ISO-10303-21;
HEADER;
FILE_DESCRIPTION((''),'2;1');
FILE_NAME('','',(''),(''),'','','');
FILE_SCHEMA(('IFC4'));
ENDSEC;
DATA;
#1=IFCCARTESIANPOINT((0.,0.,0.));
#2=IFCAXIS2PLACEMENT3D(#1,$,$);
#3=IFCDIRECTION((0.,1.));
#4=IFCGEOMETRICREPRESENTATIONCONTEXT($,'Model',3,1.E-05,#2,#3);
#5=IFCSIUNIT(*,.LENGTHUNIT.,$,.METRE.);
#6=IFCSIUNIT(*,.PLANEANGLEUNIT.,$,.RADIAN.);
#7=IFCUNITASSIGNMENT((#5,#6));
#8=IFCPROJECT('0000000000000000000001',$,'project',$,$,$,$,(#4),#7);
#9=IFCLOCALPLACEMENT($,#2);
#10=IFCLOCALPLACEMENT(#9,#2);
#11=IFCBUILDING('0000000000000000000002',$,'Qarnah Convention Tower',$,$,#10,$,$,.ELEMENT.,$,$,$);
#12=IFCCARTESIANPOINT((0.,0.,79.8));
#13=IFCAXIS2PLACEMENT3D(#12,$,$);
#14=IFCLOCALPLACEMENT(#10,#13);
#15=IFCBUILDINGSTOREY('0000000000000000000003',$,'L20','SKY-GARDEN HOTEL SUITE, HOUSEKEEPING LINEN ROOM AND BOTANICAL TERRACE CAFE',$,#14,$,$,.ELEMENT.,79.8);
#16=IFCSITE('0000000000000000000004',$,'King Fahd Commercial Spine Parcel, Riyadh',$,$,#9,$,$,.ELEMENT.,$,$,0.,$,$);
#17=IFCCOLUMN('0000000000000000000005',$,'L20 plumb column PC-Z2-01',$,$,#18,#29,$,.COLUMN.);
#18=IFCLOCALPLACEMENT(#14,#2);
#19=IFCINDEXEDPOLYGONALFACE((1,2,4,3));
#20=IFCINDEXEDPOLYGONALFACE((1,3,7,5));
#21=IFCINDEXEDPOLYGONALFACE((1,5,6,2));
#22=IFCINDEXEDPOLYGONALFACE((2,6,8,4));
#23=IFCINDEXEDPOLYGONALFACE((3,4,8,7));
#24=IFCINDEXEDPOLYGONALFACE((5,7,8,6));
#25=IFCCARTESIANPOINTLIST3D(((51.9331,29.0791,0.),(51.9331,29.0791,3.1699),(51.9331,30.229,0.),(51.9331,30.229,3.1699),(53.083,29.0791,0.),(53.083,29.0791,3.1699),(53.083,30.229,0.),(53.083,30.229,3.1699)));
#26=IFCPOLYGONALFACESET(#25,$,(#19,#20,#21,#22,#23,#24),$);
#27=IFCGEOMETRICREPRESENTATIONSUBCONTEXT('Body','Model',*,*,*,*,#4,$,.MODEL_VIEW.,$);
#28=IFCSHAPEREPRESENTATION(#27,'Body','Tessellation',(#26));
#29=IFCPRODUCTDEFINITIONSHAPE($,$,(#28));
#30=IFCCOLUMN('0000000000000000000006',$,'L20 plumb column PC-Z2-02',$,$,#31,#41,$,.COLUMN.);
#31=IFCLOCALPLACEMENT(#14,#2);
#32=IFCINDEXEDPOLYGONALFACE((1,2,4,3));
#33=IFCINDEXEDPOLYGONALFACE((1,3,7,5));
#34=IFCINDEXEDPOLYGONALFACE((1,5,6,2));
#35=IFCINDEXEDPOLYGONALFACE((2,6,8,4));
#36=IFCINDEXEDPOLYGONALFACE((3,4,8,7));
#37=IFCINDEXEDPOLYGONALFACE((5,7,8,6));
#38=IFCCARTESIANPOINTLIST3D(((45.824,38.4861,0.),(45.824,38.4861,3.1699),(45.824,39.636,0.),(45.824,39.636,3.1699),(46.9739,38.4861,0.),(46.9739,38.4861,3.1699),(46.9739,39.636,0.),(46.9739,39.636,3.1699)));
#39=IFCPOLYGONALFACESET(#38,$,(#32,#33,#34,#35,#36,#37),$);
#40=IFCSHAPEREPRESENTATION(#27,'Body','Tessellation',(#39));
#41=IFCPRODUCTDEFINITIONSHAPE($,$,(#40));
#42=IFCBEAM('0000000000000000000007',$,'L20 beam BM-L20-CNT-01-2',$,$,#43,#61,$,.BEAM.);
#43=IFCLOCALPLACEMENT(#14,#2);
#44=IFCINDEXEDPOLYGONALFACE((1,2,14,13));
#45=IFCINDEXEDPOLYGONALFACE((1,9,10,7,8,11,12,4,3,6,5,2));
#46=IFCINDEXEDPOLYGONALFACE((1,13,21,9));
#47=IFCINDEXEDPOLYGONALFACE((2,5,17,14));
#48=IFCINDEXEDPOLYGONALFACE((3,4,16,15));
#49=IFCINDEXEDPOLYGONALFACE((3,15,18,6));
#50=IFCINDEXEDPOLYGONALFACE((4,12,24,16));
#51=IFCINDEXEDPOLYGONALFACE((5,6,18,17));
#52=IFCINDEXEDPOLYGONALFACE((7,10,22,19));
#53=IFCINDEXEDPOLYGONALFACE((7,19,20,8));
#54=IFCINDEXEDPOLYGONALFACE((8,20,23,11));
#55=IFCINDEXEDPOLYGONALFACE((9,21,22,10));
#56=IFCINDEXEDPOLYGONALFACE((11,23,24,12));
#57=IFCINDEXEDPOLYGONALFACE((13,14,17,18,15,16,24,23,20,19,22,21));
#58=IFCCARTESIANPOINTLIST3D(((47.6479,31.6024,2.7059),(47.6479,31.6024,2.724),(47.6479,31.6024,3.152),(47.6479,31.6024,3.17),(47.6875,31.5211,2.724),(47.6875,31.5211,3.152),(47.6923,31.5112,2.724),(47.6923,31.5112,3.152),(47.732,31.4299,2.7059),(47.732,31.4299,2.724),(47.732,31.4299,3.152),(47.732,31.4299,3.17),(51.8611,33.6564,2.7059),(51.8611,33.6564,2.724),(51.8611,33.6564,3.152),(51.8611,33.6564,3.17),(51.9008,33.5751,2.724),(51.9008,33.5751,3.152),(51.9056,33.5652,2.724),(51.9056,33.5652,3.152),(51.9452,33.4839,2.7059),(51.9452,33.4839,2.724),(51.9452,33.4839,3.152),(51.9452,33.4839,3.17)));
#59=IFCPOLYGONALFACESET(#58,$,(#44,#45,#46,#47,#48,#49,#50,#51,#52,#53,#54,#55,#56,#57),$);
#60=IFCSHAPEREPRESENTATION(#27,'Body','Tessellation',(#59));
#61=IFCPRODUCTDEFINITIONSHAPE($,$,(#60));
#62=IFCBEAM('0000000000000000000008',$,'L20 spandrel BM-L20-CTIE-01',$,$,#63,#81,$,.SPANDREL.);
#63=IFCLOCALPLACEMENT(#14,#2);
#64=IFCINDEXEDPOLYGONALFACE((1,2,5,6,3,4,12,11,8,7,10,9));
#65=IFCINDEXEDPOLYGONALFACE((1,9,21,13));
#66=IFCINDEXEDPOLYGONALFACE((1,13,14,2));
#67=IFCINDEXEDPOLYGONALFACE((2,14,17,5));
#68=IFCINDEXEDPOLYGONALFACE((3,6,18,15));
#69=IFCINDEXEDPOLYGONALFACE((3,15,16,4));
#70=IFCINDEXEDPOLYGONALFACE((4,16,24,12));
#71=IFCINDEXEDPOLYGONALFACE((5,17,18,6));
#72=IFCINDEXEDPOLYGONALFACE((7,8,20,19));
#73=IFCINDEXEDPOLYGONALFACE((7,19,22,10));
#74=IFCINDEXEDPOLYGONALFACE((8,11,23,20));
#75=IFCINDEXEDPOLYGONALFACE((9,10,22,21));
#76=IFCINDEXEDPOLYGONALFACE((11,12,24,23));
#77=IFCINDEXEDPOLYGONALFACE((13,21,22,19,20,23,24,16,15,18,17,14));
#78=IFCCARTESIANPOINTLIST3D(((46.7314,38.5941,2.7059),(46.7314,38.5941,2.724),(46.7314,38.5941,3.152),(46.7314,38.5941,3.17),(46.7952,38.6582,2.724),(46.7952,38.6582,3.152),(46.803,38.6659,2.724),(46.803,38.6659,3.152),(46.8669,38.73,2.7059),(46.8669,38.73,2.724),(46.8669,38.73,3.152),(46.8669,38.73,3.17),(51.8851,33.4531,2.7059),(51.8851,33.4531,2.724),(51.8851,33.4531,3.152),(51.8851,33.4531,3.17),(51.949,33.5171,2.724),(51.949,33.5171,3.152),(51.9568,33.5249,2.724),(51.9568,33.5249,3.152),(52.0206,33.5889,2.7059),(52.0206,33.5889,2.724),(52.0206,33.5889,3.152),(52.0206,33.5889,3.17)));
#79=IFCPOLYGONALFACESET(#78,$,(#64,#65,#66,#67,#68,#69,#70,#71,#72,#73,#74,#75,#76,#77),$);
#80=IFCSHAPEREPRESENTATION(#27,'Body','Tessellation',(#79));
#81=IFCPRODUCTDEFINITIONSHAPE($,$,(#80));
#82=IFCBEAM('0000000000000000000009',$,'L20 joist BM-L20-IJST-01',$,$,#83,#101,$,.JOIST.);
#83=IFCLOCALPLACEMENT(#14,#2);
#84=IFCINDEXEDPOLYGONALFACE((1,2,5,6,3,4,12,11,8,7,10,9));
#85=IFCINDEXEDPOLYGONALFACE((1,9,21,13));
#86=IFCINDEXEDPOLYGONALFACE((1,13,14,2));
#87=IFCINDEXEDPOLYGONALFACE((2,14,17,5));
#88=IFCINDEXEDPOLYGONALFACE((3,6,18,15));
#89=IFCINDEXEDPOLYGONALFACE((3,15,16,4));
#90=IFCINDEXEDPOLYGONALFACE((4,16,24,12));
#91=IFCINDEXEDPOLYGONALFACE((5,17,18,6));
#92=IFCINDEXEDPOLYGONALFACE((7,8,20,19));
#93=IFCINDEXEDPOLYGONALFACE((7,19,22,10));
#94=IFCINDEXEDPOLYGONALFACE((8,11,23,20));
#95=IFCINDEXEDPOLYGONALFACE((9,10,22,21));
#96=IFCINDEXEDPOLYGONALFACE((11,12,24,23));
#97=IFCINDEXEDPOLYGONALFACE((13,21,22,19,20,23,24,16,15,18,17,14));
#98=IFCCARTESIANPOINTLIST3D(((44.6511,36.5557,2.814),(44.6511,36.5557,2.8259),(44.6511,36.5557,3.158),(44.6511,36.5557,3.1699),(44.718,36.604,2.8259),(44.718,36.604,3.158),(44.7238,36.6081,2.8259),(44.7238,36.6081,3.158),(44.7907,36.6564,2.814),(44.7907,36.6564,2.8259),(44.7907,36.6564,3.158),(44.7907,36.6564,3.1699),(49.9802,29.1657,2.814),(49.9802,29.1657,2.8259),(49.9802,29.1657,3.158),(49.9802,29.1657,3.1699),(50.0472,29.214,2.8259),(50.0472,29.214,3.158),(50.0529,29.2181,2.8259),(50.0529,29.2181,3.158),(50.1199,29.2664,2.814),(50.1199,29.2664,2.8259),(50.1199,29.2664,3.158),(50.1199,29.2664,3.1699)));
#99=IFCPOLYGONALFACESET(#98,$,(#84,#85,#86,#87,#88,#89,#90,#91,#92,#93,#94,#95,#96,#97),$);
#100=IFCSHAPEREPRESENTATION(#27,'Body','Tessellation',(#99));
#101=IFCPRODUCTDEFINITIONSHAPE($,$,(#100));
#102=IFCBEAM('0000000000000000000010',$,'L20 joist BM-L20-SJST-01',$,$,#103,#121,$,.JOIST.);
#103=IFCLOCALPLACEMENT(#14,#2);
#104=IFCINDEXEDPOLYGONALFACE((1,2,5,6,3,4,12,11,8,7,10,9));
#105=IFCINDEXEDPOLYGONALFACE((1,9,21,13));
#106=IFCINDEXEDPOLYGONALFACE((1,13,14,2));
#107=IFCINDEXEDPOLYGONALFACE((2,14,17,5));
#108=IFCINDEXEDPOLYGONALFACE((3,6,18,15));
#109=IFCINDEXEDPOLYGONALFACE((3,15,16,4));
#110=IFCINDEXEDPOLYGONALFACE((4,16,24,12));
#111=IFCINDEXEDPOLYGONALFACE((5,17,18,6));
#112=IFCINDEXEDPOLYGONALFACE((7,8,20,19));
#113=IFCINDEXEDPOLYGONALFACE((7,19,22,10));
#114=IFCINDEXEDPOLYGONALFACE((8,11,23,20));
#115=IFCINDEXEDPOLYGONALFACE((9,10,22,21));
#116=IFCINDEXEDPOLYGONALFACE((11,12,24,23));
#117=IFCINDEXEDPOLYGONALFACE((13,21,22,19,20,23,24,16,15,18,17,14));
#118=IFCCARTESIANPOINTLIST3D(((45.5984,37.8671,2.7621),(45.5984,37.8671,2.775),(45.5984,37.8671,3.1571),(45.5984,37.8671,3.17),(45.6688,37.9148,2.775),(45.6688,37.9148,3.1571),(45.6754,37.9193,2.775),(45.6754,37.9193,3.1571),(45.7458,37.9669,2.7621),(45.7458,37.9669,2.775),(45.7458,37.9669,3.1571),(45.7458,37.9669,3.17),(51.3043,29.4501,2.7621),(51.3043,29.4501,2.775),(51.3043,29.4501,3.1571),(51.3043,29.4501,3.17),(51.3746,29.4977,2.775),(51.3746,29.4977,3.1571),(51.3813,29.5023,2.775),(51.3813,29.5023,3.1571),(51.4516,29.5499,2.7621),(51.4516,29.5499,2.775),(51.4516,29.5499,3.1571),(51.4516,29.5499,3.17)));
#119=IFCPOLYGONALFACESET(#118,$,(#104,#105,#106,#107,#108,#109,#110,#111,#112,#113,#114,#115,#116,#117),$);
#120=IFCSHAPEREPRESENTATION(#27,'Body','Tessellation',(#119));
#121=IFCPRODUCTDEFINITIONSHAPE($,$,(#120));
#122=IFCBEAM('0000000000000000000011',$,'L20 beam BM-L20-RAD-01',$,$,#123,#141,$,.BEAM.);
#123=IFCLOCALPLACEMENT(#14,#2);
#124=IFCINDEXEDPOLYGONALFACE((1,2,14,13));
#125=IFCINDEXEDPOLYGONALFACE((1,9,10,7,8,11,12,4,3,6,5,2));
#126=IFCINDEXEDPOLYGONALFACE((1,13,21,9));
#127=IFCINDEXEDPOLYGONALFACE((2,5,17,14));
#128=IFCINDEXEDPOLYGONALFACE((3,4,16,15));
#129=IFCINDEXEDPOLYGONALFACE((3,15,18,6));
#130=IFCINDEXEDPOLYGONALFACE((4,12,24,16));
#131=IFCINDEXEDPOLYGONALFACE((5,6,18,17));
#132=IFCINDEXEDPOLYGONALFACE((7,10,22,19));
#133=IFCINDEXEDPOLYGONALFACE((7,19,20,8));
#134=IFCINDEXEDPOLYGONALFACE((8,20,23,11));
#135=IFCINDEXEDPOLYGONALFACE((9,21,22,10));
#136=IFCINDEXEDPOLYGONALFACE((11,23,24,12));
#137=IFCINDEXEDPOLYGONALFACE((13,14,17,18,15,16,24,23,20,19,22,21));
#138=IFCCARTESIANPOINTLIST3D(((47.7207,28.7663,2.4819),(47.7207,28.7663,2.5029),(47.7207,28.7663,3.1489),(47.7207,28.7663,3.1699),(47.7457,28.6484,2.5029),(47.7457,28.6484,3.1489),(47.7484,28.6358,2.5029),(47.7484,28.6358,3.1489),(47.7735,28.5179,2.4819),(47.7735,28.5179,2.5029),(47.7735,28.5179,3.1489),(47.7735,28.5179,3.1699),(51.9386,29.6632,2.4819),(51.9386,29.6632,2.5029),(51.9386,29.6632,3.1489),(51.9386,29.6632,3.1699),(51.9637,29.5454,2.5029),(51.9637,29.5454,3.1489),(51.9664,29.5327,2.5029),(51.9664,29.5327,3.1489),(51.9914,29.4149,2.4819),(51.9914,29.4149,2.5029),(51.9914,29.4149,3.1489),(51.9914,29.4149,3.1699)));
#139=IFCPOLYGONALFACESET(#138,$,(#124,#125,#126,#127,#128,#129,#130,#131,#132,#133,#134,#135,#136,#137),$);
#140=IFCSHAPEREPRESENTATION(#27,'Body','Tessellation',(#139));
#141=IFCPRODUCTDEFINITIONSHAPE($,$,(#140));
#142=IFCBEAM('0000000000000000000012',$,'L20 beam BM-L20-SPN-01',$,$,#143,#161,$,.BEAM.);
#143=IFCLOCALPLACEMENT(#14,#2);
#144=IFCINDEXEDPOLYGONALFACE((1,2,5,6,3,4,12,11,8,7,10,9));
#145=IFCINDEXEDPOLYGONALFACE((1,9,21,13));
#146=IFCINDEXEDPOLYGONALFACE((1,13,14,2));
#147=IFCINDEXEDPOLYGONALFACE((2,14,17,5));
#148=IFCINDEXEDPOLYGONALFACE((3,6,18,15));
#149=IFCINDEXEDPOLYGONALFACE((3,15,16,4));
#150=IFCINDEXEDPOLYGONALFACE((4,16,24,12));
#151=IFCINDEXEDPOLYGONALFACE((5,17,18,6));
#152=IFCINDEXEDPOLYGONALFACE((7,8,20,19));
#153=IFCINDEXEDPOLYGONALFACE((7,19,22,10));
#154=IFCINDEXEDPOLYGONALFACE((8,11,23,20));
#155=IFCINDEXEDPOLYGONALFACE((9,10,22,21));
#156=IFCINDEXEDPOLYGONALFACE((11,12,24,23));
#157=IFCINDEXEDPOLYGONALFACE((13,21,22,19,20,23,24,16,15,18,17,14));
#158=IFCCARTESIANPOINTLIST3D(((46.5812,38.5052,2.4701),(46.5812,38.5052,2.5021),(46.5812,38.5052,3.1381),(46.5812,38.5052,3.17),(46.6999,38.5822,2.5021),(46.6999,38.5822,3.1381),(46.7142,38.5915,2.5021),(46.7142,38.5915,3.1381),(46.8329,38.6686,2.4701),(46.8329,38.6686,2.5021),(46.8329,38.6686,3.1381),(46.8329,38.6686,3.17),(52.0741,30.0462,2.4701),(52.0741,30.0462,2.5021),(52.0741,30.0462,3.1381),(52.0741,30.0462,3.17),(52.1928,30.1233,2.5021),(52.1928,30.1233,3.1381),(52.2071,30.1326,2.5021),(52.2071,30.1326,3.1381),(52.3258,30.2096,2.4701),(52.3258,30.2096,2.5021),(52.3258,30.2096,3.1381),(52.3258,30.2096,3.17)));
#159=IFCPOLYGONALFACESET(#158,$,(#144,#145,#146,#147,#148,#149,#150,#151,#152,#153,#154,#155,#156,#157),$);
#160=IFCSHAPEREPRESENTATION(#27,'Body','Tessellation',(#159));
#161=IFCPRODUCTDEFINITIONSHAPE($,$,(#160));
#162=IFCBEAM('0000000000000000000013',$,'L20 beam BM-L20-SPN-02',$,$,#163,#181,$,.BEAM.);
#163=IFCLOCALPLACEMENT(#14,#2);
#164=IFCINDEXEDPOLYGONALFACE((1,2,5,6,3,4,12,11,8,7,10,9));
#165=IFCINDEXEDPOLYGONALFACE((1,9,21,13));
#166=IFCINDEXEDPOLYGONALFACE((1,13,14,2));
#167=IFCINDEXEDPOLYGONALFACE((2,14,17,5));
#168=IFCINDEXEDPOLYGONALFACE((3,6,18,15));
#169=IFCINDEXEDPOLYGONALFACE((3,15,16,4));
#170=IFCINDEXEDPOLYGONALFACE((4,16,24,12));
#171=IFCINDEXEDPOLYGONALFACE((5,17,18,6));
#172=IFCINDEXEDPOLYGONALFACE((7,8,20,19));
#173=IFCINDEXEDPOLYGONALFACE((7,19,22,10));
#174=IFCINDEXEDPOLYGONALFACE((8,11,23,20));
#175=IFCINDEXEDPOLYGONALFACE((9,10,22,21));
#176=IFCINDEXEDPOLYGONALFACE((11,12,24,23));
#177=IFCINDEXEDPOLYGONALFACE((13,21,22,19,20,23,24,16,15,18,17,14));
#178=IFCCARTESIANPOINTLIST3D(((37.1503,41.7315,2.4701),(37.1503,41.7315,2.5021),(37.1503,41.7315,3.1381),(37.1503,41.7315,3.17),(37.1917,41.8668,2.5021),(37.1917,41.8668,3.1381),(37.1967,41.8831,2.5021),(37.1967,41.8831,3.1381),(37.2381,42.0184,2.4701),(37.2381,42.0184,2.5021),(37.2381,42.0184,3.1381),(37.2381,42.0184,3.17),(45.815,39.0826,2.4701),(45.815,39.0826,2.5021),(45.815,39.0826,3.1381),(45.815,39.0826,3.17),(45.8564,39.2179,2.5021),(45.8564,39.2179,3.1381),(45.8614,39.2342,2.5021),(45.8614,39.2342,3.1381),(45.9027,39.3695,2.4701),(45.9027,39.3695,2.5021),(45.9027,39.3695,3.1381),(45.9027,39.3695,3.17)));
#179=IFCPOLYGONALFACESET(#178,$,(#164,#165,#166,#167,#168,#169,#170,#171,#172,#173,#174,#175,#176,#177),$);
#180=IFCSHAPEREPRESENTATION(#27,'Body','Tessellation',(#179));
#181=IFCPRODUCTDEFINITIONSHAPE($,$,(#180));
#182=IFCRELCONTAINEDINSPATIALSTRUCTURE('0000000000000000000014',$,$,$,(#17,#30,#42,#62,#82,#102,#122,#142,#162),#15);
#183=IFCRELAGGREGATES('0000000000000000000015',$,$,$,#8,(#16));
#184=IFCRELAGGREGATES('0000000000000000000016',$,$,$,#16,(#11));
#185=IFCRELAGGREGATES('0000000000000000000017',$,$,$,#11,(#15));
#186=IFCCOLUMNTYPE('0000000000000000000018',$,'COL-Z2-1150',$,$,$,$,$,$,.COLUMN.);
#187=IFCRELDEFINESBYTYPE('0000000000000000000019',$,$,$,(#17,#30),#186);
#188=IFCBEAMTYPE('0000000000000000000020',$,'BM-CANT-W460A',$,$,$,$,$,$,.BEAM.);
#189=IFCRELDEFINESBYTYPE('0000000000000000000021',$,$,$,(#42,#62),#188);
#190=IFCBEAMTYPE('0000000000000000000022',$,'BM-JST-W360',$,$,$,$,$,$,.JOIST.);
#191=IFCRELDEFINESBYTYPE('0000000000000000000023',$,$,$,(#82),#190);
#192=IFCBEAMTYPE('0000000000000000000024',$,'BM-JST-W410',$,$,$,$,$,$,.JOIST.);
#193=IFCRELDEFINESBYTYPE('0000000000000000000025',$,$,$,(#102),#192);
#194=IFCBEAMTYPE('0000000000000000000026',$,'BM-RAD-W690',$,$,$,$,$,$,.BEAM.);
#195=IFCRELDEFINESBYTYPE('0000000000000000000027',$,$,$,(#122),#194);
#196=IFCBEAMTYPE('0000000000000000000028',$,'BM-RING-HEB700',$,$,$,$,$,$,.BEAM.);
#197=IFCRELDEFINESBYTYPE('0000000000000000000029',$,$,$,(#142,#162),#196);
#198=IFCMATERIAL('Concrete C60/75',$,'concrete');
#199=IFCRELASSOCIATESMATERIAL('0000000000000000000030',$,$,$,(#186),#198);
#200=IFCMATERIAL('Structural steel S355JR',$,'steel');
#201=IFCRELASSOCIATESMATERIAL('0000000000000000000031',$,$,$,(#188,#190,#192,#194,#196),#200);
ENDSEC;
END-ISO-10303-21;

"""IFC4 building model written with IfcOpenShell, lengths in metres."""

from ifc_helpers import new_model, si_unit, direction, frame, origin, origin_2d, place, context, subcontext, project, spatial, rectangle, i_section, extrude, material, material_profile, profile_set, type_object, element, save


model = new_model("IFC4")

# Units and contexts
model_context = context("Model", 3, precision=1e-05, world=origin(), true_north=direction((0.0, 1.0)))
body_context = subcontext(model_context, "Body", "Model", "MODEL_VIEW")
ifc_project = project(units=[si_unit("LENGTHUNIT", "METRE"), si_unit("PLANEANGLEUNIT", "RADIAN")], contexts=[model_context])

# Site, building, storey
site_placement = place(None, origin())
site = spatial("IfcSite", under=ifc_project, at=site_placement, Name="King Fahd Commercial Spine Parcel, Riyadh", CompositionType="ELEMENT", RefElevation=0.0)
building_placement = place(site_placement, origin())
building = spatial("IfcBuilding", under=site, at=building_placement, Name="Qarnah Convention Tower", CompositionType="ELEMENT")
storey_placement = place(building_placement, frame((0.0, 0.0, 79.8)))
storey = spatial("IfcBuildingStorey", under=building, at=storey_placement, Name="L20", Description="SKY-GARDEN HOTEL SUITE, HOUSEKEEPING LINEN ROOM AND BOTANICAL TERRACE CAFE", CompositionType="ELEMENT", Elevation=79.8)

# Columns
ifc_material_1 = material(Name="Concrete C60/75", Category="concrete")
ifc_material_profile_1 = material_profile(ifc_material_1, rectangle(XDim=1.1499, YDim=1.1499, at=origin_2d()), Name="RC-COL-1150X1150")
ifc_profile_set_1 = profile_set([ifc_material_profile_1], Name="Concrete C60/75")
column_type = type_object("IfcColumnType", Name="COL-Z2-1150", PredefinedType="COLUMN", material=ifc_profile_set_1)
for number, where, z_axis, x_axis, name in (
    (1, (52.5081, 29.6541, 0.0), (0.0, 0.0, 1.0), (1.0, 0.0, 0.0), "L20 plumb column PC-Z2-01"),
    (2, (46.3989, 39.061, 0.0), (0.0, 0.0, 1.0), (1.0, 0.0, 0.0), "L20 plumb column PC-Z2-02"),
):
    element("IfcColumn", number, at=place(storey_placement, frame(where, z_axis=z_axis, x_axis=x_axis)), inside=storey, type_object=column_type, Name=name, PredefinedType="COLUMN", context=body_context, shape_type="SweptSolid", body=[
        extrude(rectangle(XDim=1.1499, YDim=1.1499, at=origin_2d()), origin(), (0.0, 0.0, 1.0), 3.1699),
    ])

# Beams
ifc_material_2 = material(Name="Structural steel S355JR", Category="steel")
ifc_material_profile_2 = material_profile(ifc_material_2, i_section(OverallWidth=0.1919, OverallDepth=0.4641, WebThickness=0.011, FlangeThickness=0.0181, at=origin_2d()), Name="W460X89")
ifc_profile_set_2 = profile_set([ifc_material_profile_2], Name="Structural steel S355JR")
beam_type_1 = type_object("IfcBeamType", Name="BM-CANT-W460A", PredefinedType="BEAM", material=ifc_profile_set_2)
beam_1_placement = place(storey_placement, frame((47.6899, 31.5161, 2.938), z_axis=(0.898872, 0.438211, 0.0), x_axis=(-0.438211, 0.898872, 0.0)))
element("IfcBeam", 3, at=beam_1_placement, inside=storey, type_object=beam_type_1, Name="L20 beam BM-L20-CNT-01-2", PredefinedType="BEAM", context=body_context, shape_type="SweptSolid", body=[
    extrude(i_section(OverallWidth=0.1919, OverallDepth=0.4641, WebThickness=0.011, FlangeThickness=0.0181, at=origin_2d()), origin(), (0.0, 0.0, 1.0), 4.6873),
])
beam_2_placement = place(storey_placement, frame((51.9529, 33.521, 2.938), z_axis=(-0.707978, 0.706234, 0.0), x_axis=(-0.706234, -0.707978, 0.0)))
element("IfcBeam", 4, at=beam_2_placement, inside=storey, type_object=beam_type_1, Name="L20 spandrel BM-L20-CTIE-01", PredefinedType="SPANDREL", context=body_context, shape_type="SweptSolid", body=[
    extrude(i_section(OverallWidth=0.1919, OverallDepth=0.4641, WebThickness=0.011, FlangeThickness=0.0181, at=origin_2d()), origin(), (0.0, 0.0, 1.0), 7.2795),
])
ifc_material_profile_3 = material_profile(ifc_material_2, i_section(OverallWidth=0.1721, OverallDepth=0.356, WebThickness=0.0071, FlangeThickness=0.012, at=origin_2d()), Name="W360X51")
ifc_profile_set_3 = profile_set([ifc_material_profile_3], Name="Structural steel S355JR")
beam_type_2 = type_object("IfcBeamType", Name="BM-JST-W360", PredefinedType="JOIST", material=ifc_profile_set_3)
beam_3_placement = place(storey_placement, frame((50.05, 29.2161, 2.9919), z_axis=(-0.58491, 0.811098, 0.0), x_axis=(-0.811098, -0.58491, 0.0)))
element("IfcBeam", 5, at=beam_3_placement, inside=storey, type_object=beam_type_2, Name="L20 joist BM-L20-IJST-01", PredefinedType="JOIST", context=body_context, shape_type="SweptSolid", body=[
    extrude(i_section(OverallWidth=0.1721, OverallDepth=0.356, WebThickness=0.0071, FlangeThickness=0.012, at=origin_2d()), origin(), (0.0, 0.0, 1.0), 9.1111),
])
ifc_material_profile_4 = material_profile(ifc_material_2, i_section(OverallWidth=0.178, OverallDepth=0.408, WebThickness=0.0081, FlangeThickness=0.0129, at=origin_2d()), Name="W410X60")
ifc_profile_set_4 = profile_set([ifc_material_profile_4], Name="Structural steel S355JR")
beam_type_3 = type_object("IfcBeamType", Name="BM-JST-W410", PredefinedType="JOIST", material=ifc_profile_set_4)
beam_4_placement = place(storey_placement, frame((51.3779, 29.5, 2.9661), z_axis=(-0.561116, 0.827737, 0.0), x_axis=(-0.827737, -0.561116, 0.0)))
element("IfcBeam", 6, at=beam_4_placement, inside=storey, type_object=beam_type_3, Name="L20 joist BM-L20-SJST-01", PredefinedType="JOIST", context=body_context, shape_type="SweptSolid", body=[
    extrude(i_section(OverallWidth=0.178, OverallDepth=0.408, WebThickness=0.0081, FlangeThickness=0.0129, at=origin_2d()), origin(), (0.0, 0.0, 1.0), 10.1687),
])
ifc_material_profile_5 = material_profile(ifc_material_2, i_section(OverallWidth=0.2539, OverallDepth=0.688, WebThickness=0.0129, FlangeThickness=0.021, at=origin_2d()), Name="W690X152")
ifc_profile_set_5 = profile_set([ifc_material_profile_5], Name="Structural steel S355JR")
beam_type_4 = type_object("IfcBeamType", Name="BM-RAD-W690", PredefinedType="BEAM", material=ifc_profile_set_5)
beam_5_placement = place(storey_placement, frame((47.7471, 28.6421, 2.8259), z_axis=(0.978128, 0.208002, 0.0), x_axis=(-0.208002, 0.978128, 0.0)))
element("IfcBeam", 7, at=beam_5_placement, inside=storey, type_object=beam_type_4, Name="L20 beam BM-L20-RAD-01", PredefinedType="BEAM", context=body_context, shape_type="SweptSolid", body=[
    extrude(i_section(OverallWidth=0.2539, OverallDepth=0.688, WebThickness=0.0129, FlangeThickness=0.021, at=origin_2d()), origin(), (0.0, 0.0, 1.0), 4.3123),
])
ifc_material_profile_6 = material_profile(ifc_material_2, i_section(OverallWidth=0.3, OverallDepth=0.7, WebThickness=0.0171, FlangeThickness=0.032, at=origin_2d()), Name="HEB700")
ifc_profile_set_6 = profile_set([ifc_material_profile_6], Name="Structural steel S355JR")
beam_type_5 = type_object("IfcBeamType", Name="BM-RING-HEB700", PredefinedType="BEAM", material=ifc_profile_set_6)
beam_6_placement = place(storey_placement, frame((52.2, 30.1279, 2.8201), z_axis=(-0.544611, 0.838689, 0.0), x_axis=(-0.838689, -0.544611, 0.0)))
element("IfcBeam", 8, at=beam_6_placement, inside=storey, type_object=beam_type_5, Name="L20 beam BM-L20-SPN-01", PredefinedType="BEAM", context=body_context, shape_type="SweptSolid", body=[
    extrude(i_section(OverallWidth=0.3, OverallDepth=0.7, WebThickness=0.0171, FlangeThickness=0.032, at=origin_2d()), origin(), (0.0, 0.0, 1.0), 10.0859),
])
beam_7_placement = place(storey_placement, frame((45.8589, 39.2261, 2.8201), z_axis=(-0.95631, 0.292355, 0.0), x_axis=(-0.292355, -0.95631, 0.0)))
element("IfcBeam", 9, at=beam_7_placement, inside=storey, type_object=beam_type_5, Name="L20 beam BM-L20-SPN-02", PredefinedType="BEAM", context=body_context, shape_type="SweptSolid", body=[
    extrude(i_section(OverallWidth=0.3, OverallDepth=0.7, WebThickness=0.0171, FlangeThickness=0.032, at=origin_2d()), origin(), (0.0, 0.0, 1.0), 9.0605),
])

save(model, "model.ifc")
